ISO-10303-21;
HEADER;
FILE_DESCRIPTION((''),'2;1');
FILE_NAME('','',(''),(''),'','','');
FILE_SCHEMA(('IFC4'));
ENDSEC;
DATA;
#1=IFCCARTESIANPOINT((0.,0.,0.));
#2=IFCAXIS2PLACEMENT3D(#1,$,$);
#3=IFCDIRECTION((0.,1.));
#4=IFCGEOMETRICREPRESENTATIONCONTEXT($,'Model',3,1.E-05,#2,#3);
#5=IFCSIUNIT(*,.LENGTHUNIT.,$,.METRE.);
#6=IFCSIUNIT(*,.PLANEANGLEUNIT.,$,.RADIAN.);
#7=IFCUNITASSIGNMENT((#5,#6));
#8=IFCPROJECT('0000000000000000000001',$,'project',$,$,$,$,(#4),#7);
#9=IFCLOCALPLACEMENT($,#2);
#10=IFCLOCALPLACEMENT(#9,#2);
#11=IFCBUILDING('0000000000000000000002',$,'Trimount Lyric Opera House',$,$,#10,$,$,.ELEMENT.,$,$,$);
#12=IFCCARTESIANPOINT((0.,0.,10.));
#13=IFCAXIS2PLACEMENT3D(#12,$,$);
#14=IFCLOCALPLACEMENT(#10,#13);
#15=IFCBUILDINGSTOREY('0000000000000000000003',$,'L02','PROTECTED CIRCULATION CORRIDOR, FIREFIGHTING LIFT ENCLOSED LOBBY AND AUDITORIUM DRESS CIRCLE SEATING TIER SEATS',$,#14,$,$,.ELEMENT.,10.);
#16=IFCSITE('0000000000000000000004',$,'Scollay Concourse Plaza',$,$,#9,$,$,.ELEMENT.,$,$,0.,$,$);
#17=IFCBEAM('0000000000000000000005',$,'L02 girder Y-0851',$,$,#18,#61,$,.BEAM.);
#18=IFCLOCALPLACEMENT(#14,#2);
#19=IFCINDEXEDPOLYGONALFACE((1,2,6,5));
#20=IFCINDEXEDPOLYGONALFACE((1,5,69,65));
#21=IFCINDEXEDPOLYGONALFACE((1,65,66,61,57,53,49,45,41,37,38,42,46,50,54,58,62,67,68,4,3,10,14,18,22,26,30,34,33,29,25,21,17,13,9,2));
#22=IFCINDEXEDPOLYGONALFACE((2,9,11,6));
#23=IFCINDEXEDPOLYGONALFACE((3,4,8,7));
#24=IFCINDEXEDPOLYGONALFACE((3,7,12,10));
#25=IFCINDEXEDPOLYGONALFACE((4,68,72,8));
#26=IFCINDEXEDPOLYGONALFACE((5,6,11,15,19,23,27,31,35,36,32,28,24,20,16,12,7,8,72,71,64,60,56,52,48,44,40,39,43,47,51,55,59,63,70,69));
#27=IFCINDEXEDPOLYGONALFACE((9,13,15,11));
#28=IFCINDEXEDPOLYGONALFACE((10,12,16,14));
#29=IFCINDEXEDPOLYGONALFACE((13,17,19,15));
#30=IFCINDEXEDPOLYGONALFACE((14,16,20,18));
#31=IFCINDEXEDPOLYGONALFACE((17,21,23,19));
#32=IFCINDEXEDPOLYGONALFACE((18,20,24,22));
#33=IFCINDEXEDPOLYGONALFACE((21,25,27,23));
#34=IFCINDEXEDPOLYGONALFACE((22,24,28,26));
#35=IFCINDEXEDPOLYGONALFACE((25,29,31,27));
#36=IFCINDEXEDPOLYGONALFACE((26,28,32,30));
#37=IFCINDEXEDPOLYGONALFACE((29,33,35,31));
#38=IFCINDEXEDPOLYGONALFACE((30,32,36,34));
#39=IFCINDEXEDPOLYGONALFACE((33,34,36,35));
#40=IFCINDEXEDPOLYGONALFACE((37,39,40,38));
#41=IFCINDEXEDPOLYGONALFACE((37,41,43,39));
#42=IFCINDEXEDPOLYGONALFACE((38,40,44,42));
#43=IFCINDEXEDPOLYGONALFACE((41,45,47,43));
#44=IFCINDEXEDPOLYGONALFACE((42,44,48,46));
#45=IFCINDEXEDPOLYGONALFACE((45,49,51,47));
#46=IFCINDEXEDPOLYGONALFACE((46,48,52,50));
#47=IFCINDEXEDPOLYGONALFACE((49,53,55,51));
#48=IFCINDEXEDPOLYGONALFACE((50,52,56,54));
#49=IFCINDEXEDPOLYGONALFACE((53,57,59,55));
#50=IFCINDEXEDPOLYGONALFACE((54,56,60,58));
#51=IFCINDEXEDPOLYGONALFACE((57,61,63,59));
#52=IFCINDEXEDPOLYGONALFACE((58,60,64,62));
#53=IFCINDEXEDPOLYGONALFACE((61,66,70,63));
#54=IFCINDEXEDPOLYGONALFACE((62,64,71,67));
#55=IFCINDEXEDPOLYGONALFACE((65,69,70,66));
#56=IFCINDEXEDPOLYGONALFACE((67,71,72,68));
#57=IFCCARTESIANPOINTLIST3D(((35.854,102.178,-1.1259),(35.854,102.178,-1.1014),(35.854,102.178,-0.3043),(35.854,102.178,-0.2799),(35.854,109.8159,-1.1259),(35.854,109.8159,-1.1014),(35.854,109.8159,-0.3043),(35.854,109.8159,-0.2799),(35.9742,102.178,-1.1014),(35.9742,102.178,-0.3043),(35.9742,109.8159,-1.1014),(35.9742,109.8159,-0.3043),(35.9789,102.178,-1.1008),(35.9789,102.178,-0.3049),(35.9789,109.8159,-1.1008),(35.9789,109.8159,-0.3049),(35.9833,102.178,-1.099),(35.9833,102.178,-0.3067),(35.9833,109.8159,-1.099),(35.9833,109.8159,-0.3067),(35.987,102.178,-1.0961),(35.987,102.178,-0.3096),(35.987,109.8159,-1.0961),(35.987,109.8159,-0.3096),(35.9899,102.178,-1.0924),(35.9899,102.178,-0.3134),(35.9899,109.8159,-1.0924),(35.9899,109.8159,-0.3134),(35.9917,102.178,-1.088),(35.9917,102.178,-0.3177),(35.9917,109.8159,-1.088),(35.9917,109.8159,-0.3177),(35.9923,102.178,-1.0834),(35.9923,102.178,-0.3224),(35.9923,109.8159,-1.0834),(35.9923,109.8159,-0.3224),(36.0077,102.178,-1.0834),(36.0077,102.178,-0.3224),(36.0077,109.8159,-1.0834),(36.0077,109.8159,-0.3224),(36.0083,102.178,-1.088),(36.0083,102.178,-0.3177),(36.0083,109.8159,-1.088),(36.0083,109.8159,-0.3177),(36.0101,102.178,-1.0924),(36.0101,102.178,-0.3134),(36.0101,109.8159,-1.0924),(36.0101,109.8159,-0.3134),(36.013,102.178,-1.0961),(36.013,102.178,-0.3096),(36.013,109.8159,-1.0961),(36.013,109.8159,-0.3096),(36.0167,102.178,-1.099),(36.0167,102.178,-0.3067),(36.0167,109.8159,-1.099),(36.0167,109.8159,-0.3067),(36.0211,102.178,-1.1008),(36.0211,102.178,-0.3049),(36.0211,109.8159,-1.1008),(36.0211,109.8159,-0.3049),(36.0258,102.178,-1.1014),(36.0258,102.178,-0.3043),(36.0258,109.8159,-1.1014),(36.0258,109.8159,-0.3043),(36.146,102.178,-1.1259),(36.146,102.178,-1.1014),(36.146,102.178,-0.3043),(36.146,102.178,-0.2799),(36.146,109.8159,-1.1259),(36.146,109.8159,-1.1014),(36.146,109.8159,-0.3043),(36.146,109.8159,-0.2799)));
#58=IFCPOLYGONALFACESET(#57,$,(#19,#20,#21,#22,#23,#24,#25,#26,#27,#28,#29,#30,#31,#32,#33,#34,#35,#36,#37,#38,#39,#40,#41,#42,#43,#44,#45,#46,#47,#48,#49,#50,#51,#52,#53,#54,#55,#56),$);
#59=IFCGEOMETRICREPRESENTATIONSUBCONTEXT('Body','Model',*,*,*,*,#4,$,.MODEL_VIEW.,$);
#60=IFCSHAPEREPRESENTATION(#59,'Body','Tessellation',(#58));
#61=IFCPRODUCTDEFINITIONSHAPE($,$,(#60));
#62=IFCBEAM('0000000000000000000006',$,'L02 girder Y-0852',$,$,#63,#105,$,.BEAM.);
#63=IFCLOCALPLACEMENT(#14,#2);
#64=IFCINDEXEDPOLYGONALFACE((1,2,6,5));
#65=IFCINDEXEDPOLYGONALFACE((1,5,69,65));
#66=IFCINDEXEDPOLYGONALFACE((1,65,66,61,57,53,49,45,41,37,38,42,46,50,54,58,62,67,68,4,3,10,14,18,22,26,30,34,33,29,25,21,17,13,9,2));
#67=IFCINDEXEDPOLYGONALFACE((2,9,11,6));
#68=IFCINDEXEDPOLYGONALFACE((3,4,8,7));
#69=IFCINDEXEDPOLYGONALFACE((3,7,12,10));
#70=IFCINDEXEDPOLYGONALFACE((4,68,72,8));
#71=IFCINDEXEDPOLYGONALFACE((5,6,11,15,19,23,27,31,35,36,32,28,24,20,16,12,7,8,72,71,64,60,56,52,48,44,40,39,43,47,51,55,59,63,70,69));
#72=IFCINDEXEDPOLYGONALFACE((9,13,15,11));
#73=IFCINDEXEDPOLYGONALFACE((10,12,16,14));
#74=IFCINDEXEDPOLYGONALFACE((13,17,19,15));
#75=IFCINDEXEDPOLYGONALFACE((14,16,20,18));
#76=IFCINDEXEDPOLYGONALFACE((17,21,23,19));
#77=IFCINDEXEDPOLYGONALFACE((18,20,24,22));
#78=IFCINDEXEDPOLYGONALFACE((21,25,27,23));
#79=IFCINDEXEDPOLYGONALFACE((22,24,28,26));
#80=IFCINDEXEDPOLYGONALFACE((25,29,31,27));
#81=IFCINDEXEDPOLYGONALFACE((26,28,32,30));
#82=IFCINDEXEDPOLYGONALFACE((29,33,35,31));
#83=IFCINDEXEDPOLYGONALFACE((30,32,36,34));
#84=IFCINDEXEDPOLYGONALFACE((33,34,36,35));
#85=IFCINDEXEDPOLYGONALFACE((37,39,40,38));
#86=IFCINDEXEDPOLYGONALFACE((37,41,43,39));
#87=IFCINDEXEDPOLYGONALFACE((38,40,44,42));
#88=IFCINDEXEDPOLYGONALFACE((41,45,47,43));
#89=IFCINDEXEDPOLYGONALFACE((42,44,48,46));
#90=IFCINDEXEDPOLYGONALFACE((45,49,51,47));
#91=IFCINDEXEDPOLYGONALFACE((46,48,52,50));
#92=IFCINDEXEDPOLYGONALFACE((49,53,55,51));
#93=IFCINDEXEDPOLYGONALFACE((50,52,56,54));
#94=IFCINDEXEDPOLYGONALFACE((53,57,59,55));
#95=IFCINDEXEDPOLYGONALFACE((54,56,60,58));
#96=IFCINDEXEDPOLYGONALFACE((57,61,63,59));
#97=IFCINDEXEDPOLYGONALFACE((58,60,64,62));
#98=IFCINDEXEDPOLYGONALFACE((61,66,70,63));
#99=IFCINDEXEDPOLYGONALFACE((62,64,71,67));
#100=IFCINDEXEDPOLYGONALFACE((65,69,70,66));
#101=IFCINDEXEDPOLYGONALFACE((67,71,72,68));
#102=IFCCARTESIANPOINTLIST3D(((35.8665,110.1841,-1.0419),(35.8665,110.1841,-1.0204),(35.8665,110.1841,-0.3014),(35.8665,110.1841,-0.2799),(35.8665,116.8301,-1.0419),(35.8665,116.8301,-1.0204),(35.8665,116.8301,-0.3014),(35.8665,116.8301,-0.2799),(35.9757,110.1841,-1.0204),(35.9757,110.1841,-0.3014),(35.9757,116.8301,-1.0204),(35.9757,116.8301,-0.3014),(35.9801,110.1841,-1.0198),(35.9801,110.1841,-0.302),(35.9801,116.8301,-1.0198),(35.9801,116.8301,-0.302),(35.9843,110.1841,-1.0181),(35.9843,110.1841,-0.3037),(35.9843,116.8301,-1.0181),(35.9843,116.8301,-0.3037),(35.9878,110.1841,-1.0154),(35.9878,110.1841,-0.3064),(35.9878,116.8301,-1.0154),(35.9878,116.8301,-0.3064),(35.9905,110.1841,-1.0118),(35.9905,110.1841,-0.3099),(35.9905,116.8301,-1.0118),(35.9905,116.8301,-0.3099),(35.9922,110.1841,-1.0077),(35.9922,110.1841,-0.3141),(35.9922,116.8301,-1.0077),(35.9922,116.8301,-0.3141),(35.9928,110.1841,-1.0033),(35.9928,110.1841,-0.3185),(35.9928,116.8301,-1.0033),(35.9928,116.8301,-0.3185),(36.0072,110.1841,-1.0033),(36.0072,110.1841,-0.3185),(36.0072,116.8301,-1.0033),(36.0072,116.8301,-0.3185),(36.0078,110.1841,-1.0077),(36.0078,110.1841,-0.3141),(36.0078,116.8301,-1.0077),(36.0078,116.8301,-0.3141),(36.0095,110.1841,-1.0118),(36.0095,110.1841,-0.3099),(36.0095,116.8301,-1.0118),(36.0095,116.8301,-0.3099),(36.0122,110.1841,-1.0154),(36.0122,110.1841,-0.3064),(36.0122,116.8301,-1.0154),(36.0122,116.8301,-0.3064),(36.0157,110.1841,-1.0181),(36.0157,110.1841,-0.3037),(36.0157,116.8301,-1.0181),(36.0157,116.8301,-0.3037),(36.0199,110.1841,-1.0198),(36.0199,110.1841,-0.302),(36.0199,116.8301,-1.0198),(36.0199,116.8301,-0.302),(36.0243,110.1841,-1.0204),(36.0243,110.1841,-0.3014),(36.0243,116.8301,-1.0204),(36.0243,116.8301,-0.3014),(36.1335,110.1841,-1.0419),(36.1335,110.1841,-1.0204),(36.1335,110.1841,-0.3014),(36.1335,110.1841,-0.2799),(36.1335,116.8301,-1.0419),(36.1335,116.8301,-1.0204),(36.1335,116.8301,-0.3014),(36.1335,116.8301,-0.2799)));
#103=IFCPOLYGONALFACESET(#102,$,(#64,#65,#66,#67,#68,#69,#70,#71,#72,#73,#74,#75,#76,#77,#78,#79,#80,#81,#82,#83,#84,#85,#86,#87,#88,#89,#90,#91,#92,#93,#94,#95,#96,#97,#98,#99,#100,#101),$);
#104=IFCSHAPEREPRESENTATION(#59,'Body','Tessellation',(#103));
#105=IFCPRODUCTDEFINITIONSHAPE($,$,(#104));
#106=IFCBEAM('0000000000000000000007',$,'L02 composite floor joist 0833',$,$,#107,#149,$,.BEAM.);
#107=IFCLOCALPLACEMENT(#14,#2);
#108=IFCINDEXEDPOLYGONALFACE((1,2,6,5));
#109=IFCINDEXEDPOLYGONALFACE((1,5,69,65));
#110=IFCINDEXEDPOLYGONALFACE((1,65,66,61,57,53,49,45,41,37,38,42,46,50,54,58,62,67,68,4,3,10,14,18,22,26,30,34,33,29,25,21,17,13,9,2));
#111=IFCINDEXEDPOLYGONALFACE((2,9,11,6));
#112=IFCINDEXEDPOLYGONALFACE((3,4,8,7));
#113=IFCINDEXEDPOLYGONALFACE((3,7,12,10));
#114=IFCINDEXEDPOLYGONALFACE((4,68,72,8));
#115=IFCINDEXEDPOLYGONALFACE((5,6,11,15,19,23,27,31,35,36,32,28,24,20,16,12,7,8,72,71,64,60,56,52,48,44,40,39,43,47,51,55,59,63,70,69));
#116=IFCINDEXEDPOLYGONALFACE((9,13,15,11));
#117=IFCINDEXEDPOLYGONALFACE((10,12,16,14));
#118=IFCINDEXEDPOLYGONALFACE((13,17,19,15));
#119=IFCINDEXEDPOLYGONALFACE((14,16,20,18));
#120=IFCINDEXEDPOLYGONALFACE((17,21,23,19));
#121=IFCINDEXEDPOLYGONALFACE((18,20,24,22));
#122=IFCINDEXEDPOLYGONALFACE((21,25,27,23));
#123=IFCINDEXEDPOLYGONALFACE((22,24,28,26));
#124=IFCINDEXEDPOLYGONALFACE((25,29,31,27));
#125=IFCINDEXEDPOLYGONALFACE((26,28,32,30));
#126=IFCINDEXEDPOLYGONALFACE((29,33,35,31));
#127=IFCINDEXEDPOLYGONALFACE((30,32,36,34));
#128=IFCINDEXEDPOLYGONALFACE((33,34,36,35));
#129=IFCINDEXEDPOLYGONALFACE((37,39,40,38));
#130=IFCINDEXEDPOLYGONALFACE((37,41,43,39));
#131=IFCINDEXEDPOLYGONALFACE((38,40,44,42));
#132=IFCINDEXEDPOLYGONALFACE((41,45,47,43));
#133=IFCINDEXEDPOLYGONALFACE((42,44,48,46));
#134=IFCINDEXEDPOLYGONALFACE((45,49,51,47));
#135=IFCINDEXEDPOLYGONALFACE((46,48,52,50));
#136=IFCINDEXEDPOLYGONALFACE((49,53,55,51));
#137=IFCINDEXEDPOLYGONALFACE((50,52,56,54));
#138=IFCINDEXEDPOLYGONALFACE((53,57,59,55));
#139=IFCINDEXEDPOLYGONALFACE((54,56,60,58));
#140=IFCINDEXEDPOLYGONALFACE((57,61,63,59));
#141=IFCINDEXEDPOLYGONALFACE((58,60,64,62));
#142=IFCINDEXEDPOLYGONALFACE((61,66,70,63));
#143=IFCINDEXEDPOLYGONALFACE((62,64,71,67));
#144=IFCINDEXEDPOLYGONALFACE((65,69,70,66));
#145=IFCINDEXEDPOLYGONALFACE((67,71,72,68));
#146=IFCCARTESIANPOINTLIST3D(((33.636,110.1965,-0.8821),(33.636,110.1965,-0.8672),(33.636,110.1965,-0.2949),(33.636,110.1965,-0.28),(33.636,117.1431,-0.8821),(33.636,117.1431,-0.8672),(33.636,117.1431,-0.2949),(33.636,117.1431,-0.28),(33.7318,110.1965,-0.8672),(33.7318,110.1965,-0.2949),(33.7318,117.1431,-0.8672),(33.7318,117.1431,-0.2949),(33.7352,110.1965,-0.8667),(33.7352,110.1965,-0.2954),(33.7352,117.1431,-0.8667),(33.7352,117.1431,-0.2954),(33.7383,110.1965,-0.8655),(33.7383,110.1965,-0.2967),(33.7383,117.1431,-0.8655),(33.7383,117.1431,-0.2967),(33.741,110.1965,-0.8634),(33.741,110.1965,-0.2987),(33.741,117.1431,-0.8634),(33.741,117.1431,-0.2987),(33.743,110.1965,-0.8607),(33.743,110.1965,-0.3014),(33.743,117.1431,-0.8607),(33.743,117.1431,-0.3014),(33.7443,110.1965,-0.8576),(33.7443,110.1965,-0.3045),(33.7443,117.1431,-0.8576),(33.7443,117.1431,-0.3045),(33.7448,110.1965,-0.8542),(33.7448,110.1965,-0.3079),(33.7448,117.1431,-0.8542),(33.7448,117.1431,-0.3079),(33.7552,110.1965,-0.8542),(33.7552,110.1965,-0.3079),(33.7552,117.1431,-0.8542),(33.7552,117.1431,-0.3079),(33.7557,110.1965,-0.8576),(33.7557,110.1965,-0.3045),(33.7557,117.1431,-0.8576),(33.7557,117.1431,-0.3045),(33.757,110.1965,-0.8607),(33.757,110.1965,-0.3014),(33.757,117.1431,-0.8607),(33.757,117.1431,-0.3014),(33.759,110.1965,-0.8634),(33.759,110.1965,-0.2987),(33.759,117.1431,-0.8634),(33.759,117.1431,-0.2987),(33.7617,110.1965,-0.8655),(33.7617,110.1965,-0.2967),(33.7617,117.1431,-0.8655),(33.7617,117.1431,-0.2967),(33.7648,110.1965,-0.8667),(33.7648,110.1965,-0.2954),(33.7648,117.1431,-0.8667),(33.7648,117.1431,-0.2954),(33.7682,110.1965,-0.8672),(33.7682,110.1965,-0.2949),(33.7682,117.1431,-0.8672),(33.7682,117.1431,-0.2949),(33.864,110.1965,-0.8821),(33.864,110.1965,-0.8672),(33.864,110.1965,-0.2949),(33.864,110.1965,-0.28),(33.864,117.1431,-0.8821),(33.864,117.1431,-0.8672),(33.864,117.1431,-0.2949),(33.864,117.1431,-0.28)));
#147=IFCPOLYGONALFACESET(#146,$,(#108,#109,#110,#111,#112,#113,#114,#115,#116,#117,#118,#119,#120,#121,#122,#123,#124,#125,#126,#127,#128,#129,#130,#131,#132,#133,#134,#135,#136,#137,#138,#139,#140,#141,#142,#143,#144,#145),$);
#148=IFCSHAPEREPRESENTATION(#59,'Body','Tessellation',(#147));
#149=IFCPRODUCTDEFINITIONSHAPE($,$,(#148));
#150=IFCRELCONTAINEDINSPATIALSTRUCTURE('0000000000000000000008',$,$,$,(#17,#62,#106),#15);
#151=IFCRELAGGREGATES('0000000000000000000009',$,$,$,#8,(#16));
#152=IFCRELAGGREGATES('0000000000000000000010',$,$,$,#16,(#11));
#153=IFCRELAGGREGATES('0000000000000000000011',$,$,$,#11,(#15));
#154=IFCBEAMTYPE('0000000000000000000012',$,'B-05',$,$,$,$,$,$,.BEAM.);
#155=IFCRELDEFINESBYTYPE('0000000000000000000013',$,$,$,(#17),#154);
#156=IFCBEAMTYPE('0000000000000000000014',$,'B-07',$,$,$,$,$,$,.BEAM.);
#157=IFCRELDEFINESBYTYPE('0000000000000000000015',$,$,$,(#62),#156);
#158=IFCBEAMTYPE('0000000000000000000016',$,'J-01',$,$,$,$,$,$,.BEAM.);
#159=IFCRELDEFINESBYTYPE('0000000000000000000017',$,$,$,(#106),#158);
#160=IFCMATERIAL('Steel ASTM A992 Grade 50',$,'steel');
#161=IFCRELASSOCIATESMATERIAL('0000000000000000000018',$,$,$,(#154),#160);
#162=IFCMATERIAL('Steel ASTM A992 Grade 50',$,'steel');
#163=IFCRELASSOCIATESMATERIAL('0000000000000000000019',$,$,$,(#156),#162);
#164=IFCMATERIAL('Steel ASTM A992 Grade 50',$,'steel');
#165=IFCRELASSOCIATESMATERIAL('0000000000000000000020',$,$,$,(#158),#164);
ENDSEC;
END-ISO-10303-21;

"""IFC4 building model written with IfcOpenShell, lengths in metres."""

from ifc_helpers import new_model, si_unit, direction, frame, origin, origin_2d, place, context, subcontext, project, spatial, i_section, extrude, material, material_profile, profile_set, type_object, element, save


model = new_model("IFC4")

# Units and contexts
model_context = context("Model", 3, precision=1e-05, world=origin(), true_north=direction((0.0, 1.0)))
body_context = subcontext(model_context, "Body", "Model", "MODEL_VIEW")
ifc_project = project(units=[si_unit("LENGTHUNIT", "METRE"), si_unit("PLANEANGLEUNIT", "RADIAN")], contexts=[model_context])

# Site, building, storey
site_placement = place(None, origin())
site = spatial("IfcSite", under=ifc_project, at=site_placement, Name="Scollay Concourse Plaza", CompositionType="ELEMENT", RefElevation=0.0)
building_placement = place(site_placement, origin())
building = spatial("IfcBuilding", under=site, at=building_placement, Name="Trimount Lyric Opera House", CompositionType="ELEMENT")
storey_placement = place(building_placement, frame((0.0, 0.0, 10.0)))
storey = spatial("IfcBuildingStorey", under=building, at=storey_placement, Name="L02", Description="PROTECTED CIRCULATION CORRIDOR, FIREFIGHTING LIFT ENCLOSED LOBBY AND AUDITORIUM DRESS CIRCLE SEATING TIER SEATS", CompositionType="ELEMENT", Elevation=10.0)

# Beams
ifc_material_1 = material(Name="Steel ASTM A992 Grade 50", Category="steel")
ifc_material_profile_1 = material_profile(ifc_material_1, i_section(OverallWidth=0.292, OverallDepth=0.8459, WebThickness=0.0154, FlangeThickness=0.0244, FilletRadius=0.0181, at=origin_2d()), Name="W33X141")
ifc_profile_set_1 = profile_set([ifc_material_profile_1], Name="Steel ASTM A992 Grade 50")
beam_type_1 = type_object("IfcBeamType", Name="B-05", PredefinedType="BEAM", material=ifc_profile_set_1)
beam_1_placement = place(storey_placement, frame((36.0, 102.178, -0.7029), z_axis=(0.0, 1.0, 0.0), x_axis=(-1.0, 0.0, 0.0)))
element("IfcBeam", 1, at=beam_1_placement, inside=storey, type_object=beam_type_1, Name="L02 girder Y-0851", PredefinedType="BEAM", context=body_context, shape_type="SweptSolid", body=[
    extrude(i_section(OverallWidth=0.292, OverallDepth=0.8459, WebThickness=0.0154, FlangeThickness=0.0244, FilletRadius=0.0181, at=origin_2d()), origin(), (0.0, 0.0, 1.0), 7.6379),
])
ifc_material_2 = material(Name="Steel ASTM A992 Grade 50", Category="steel")
ifc_material_profile_2 = material_profile(ifc_material_2, i_section(OverallWidth=0.2671, OverallDepth=0.762, WebThickness=0.0144, FlangeThickness=0.0215, FilletRadius=0.0171, at=origin_2d()), Name="W30X116")
ifc_profile_set_2 = profile_set([ifc_material_profile_2], Name="Steel ASTM A992 Grade 50")
beam_type_2 = type_object("IfcBeamType", Name="B-07", PredefinedType="BEAM", material=ifc_profile_set_2)
beam_2_placement = place(storey_placement, frame((36.0, 110.1841, -0.6609), z_axis=(0.0, 1.0, 0.0), x_axis=(-1.0, 0.0, 0.0)))
element("IfcBeam", 2, at=beam_2_placement, inside=storey, type_object=beam_type_2, Name="L02 girder Y-0852", PredefinedType="BEAM", context=body_context, shape_type="SweptSolid", body=[
    extrude(i_section(OverallWidth=0.2671, OverallDepth=0.762, WebThickness=0.0144, FlangeThickness=0.0215, FilletRadius=0.0171, at=origin_2d()), origin(), (0.0, 0.0, 1.0), 6.646),
])
ifc_material_3 = material(Name="Steel ASTM A992 Grade 50", Category="steel")
ifc_material_profile_3 = material_profile(ifc_material_3, i_section(OverallWidth=0.228, OverallDepth=0.6021, WebThickness=0.0105, FlangeThickness=0.0149, FilletRadius=0.0129, at=origin_2d()), Name="W24X68")
ifc_profile_set_3 = profile_set([ifc_material_profile_3], Name="Steel ASTM A992 Grade 50")
beam_type_3 = type_object("IfcBeamType", Name="J-01", PredefinedType="BEAM", material=ifc_profile_set_3)
beam_3_placement = place(storey_placement, frame((33.75, 110.1965, -0.5811), z_axis=(0.0, 1.0, 0.0), x_axis=(-1.0, 0.0, 0.0)))
element("IfcBeam", 3, at=beam_3_placement, inside=storey, type_object=beam_type_3, Name="L02 composite floor joist 0833", PredefinedType="BEAM", context=body_context, shape_type="SweptSolid", body=[
    extrude(i_section(OverallWidth=0.228, OverallDepth=0.6021, WebThickness=0.0105, FlangeThickness=0.0149, FilletRadius=0.0129, at=origin_2d()), origin(), (0.0, 0.0, 1.0), 6.9465),
])

save(model, "model.ifc")
